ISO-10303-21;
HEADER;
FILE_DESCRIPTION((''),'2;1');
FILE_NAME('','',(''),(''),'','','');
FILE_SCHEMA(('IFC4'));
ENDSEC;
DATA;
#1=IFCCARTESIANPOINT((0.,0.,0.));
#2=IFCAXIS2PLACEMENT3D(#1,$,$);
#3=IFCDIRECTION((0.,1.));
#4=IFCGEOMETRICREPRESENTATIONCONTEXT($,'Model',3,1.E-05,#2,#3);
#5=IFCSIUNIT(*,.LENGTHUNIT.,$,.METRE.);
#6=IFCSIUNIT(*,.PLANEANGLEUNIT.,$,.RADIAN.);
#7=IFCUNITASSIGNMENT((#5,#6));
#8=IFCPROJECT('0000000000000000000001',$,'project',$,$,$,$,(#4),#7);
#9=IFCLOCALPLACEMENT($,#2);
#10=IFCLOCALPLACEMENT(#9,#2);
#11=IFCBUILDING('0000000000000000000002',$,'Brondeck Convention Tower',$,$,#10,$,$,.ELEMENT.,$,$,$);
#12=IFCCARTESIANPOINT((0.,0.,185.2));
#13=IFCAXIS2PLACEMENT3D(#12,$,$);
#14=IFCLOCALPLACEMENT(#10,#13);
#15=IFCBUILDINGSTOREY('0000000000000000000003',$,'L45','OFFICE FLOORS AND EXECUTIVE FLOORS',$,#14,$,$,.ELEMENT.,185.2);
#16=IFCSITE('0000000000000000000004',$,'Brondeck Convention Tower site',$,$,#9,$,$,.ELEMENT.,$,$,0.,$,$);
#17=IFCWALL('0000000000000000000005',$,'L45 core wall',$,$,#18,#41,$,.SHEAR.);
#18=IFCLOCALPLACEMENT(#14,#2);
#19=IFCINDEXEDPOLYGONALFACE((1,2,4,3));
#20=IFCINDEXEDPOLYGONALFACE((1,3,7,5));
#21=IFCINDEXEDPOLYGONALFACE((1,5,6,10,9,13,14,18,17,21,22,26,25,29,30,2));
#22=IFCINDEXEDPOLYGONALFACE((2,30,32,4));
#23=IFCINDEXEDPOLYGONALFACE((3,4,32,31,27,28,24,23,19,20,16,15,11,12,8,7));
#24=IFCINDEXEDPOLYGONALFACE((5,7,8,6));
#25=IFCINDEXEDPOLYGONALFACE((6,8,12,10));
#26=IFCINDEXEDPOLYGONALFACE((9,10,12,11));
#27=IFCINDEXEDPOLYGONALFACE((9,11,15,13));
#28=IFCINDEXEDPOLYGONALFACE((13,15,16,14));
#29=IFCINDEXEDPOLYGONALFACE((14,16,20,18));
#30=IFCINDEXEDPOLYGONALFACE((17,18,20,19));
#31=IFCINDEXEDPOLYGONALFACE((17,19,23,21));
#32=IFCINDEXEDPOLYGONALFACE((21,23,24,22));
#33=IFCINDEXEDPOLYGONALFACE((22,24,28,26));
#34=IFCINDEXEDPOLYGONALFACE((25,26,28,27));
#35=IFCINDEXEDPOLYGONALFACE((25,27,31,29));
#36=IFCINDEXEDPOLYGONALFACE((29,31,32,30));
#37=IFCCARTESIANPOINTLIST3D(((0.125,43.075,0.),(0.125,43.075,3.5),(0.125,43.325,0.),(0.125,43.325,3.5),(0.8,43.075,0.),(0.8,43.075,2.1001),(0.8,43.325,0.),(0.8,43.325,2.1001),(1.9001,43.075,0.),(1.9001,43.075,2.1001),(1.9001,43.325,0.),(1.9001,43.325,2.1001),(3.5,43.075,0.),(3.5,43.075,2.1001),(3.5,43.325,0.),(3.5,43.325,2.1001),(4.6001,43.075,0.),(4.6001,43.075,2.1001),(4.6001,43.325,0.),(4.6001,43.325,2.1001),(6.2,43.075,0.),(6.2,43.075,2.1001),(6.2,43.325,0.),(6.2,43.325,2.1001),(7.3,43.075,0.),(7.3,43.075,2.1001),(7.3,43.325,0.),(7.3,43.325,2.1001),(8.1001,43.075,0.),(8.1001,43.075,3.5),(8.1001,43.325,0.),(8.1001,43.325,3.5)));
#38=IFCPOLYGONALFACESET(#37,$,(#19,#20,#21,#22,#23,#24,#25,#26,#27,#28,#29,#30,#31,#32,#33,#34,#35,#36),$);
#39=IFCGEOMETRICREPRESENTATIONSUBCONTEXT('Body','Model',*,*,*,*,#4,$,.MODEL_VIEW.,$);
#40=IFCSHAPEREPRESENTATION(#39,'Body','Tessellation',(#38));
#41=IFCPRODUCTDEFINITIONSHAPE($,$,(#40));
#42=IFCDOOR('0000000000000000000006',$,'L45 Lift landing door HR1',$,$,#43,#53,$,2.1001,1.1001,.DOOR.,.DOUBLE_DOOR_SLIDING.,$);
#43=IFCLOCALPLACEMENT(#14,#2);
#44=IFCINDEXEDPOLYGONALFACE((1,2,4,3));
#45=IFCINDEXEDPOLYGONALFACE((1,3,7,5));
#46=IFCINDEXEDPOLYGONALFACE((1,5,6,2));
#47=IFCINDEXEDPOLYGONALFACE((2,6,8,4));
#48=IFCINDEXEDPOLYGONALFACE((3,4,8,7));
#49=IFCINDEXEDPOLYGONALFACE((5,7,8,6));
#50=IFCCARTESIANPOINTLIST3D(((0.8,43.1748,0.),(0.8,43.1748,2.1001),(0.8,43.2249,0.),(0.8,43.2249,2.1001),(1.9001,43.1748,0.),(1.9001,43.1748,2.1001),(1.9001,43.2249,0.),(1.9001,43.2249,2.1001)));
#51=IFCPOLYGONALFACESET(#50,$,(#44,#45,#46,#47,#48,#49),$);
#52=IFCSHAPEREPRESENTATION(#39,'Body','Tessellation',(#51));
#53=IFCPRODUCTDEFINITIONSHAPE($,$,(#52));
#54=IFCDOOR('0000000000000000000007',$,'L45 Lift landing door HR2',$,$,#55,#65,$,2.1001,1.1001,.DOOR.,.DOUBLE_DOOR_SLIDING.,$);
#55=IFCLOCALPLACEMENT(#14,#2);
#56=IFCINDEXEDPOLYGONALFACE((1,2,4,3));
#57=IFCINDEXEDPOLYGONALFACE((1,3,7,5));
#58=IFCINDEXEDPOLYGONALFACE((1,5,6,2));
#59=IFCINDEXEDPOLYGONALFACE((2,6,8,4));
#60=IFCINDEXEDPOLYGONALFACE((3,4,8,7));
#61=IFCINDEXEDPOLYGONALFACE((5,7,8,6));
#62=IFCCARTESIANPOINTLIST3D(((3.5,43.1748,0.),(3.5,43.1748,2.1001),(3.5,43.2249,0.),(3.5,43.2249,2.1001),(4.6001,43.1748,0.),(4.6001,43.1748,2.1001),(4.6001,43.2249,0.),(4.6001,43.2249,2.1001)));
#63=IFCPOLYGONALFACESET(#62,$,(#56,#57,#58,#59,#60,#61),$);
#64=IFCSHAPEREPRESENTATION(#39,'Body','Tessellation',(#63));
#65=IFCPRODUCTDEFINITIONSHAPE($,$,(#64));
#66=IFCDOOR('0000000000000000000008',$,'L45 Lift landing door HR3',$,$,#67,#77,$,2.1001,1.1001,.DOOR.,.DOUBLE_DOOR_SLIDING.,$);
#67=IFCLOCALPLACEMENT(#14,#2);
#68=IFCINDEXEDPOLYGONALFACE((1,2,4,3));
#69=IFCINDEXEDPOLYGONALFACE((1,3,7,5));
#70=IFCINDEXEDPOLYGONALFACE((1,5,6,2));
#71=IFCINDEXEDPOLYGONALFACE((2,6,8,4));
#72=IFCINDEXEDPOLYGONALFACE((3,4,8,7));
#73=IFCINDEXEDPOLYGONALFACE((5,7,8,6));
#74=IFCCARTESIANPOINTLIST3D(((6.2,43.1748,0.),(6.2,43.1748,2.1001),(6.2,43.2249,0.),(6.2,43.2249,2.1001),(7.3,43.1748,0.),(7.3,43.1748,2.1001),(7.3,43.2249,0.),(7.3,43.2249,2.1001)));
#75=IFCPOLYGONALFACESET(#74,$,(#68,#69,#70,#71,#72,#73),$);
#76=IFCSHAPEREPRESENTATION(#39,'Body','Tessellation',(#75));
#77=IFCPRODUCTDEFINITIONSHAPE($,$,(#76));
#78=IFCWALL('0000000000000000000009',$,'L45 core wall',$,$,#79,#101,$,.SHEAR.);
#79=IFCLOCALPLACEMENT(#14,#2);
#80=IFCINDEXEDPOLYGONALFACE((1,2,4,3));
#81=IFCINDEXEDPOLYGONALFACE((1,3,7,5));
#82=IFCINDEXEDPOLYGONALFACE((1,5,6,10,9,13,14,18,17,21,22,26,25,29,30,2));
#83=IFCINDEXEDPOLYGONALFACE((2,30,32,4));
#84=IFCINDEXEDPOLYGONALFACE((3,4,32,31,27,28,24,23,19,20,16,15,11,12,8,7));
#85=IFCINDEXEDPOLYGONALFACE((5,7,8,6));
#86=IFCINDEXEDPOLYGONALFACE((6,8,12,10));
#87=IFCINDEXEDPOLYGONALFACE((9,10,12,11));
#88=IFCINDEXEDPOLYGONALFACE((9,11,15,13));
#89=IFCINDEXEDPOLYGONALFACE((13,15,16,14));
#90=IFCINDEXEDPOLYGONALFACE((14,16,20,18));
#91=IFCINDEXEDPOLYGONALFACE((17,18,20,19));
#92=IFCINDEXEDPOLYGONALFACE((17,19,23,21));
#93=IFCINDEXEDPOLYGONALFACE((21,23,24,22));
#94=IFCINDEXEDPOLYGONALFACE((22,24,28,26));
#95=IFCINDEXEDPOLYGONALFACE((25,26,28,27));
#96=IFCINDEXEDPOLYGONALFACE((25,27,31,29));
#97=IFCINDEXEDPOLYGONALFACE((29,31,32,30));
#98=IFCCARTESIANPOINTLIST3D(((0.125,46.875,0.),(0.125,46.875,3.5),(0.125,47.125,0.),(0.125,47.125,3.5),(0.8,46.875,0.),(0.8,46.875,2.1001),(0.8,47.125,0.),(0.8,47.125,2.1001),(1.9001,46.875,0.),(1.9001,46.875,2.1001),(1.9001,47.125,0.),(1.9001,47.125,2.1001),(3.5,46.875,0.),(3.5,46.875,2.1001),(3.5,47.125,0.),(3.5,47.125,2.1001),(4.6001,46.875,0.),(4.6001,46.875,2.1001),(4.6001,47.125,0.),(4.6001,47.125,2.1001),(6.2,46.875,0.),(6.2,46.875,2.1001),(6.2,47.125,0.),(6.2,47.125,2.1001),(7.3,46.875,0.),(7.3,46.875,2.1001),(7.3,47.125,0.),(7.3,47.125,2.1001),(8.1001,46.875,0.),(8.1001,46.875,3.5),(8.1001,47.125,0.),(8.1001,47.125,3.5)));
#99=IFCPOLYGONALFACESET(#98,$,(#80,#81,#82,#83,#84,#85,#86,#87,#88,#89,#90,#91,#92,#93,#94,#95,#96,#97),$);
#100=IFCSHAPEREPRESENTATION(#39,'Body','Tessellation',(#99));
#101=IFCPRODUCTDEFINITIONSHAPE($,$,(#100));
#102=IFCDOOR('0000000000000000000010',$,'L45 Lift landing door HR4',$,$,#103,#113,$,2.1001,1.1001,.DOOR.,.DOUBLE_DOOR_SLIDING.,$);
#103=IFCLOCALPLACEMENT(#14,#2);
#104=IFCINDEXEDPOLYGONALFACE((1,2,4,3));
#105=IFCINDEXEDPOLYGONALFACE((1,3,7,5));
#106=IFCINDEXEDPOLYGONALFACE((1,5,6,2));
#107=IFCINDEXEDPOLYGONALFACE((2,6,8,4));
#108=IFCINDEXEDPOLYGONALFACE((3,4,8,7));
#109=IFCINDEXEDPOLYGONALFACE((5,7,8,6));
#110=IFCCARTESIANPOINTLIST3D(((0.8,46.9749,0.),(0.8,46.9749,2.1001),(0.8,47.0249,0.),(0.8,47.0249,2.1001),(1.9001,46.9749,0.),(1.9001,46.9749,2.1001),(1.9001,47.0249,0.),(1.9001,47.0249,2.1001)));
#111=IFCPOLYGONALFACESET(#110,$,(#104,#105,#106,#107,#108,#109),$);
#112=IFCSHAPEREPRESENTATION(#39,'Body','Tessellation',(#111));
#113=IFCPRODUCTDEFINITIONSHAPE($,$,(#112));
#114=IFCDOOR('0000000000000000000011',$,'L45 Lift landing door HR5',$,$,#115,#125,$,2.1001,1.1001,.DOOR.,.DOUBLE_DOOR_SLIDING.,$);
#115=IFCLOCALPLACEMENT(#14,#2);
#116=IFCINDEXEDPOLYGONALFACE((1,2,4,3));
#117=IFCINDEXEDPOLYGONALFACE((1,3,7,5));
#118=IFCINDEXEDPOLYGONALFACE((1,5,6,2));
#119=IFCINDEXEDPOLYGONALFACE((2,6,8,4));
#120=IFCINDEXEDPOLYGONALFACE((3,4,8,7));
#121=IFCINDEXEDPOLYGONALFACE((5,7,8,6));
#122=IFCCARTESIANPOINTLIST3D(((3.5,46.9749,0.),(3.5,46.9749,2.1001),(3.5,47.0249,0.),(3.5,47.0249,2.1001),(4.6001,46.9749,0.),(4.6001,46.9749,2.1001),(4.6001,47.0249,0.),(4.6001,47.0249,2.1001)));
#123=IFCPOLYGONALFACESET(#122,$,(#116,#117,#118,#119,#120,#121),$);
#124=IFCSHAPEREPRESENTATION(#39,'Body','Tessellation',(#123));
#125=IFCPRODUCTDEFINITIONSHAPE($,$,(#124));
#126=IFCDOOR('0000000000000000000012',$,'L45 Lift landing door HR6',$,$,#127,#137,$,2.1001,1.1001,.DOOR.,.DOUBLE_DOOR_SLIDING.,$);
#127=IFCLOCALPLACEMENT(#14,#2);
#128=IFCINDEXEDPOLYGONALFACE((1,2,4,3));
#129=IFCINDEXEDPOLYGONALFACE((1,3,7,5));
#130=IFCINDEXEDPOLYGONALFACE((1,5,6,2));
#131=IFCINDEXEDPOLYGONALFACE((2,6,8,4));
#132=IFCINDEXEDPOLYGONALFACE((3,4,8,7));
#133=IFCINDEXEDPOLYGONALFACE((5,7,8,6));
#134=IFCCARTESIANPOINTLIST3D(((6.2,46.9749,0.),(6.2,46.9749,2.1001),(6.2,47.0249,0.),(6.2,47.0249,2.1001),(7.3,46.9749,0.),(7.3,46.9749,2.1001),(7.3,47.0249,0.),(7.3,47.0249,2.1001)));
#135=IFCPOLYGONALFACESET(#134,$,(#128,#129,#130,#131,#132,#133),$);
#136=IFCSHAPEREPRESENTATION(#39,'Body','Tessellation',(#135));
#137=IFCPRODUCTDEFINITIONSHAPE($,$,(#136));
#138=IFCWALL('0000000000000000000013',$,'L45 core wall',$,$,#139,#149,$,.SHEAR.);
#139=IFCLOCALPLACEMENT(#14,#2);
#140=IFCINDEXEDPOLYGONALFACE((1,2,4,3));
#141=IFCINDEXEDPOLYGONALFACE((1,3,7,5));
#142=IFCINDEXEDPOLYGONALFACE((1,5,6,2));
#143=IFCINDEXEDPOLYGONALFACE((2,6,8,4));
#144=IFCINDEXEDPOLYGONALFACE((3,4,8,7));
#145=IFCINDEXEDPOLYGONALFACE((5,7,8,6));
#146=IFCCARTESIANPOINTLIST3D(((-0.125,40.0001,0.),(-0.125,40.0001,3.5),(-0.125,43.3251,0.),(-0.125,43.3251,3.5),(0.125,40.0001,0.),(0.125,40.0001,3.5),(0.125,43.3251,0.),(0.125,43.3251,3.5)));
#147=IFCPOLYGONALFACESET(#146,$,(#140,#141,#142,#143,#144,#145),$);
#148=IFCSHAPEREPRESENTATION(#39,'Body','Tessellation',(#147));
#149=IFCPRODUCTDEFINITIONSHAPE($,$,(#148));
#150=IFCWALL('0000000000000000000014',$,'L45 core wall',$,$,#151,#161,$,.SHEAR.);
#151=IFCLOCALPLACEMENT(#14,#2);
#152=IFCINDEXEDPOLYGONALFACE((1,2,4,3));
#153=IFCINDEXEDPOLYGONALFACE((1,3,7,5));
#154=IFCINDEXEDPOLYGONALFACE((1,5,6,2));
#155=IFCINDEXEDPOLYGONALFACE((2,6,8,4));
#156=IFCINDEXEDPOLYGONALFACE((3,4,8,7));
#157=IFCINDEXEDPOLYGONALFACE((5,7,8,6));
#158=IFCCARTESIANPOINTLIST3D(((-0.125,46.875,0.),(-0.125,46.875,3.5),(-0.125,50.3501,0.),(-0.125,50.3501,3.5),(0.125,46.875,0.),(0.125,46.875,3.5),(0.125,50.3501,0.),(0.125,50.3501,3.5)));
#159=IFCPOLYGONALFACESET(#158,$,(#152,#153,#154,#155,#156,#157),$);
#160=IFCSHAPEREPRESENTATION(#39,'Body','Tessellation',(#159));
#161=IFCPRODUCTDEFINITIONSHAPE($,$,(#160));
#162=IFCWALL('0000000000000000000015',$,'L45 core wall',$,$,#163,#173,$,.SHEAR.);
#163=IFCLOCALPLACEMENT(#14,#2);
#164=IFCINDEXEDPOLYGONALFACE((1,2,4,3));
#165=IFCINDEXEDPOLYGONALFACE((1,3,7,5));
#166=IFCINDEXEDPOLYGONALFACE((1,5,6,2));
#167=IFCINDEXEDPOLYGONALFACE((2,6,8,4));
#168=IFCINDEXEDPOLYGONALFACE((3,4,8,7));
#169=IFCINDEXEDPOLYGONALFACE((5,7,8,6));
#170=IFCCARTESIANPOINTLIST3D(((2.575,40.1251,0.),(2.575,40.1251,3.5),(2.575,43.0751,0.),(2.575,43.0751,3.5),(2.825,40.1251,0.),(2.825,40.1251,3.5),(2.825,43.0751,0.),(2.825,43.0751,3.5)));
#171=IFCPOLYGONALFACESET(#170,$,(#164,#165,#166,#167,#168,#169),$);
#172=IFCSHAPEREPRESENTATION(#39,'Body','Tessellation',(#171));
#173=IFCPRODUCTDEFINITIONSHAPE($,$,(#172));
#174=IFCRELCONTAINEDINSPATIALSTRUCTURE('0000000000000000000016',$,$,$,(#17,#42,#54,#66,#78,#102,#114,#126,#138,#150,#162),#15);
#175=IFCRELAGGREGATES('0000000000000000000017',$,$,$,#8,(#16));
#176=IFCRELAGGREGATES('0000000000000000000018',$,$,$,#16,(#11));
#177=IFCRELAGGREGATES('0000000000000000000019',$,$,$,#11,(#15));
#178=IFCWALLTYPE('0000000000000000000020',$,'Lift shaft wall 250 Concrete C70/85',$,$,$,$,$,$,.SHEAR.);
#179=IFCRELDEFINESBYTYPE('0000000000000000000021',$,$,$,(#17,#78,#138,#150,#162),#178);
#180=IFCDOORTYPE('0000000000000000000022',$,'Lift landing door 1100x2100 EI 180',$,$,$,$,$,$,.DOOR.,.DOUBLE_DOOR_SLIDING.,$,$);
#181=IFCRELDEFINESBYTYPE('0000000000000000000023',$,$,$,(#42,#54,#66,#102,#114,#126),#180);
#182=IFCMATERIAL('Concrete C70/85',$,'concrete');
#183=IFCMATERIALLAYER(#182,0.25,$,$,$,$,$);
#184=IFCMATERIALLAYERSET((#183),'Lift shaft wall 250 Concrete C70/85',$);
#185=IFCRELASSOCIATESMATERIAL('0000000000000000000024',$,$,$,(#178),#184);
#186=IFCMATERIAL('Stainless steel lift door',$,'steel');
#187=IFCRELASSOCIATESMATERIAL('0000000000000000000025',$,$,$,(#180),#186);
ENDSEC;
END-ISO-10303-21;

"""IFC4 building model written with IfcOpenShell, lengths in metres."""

from ifc_helpers import new_model, si_unit, direction, frame, frame_2d, origin, place, context, subcontext, project, spatial, rectangle, extrude, material, layer, layer_set, type_object, element, fill, save


model = new_model("IFC4")

# Units and contexts
model_context = context("Model", 3, precision=1e-05, world=origin(), true_north=direction((0.0, 1.0)))
body_context = subcontext(model_context, "Body", "Model", "MODEL_VIEW")
ifc_project = project(units=[si_unit("LENGTHUNIT", "METRE"), si_unit("PLANEANGLEUNIT", "RADIAN")], contexts=[model_context])

# Site, building, storey
site_placement = place(None, origin())
site = spatial("IfcSite", under=ifc_project, at=site_placement, Name="Brondeck Convention Tower site", CompositionType="ELEMENT", RefElevation=0.0)
building_placement = place(site_placement, origin())
building = spatial("IfcBuilding", under=site, at=building_placement, Name="Brondeck Convention Tower", CompositionType="ELEMENT")
storey_placement = place(building_placement, frame((0.0, 0.0, 185.2)))
storey = spatial("IfcBuildingStorey", under=building, at=storey_placement, Name="L45", Description="OFFICE FLOORS AND EXECUTIVE FLOORS", CompositionType="ELEMENT", Elevation=185.2)

# Shared definitions
ifc_material_1 = material(Name="Concrete C70/85", Category="concrete")

# Shared definitions
ifc_layer_1 = layer(ifc_material_1, 0.25)
ifc_layer_set_1 = layer_set([ifc_layer_1], Name="Lift shaft wall 250 Concrete C70/85")
wall_type_1 = type_object("IfcWallType", Name="Lift shaft wall 250 Concrete C70/85", PredefinedType="SHEAR", material=ifc_layer_set_1)

# Walls, openings, doors
wall_1_placement = place(storey_placement, frame((0.125, 43.2, 0.0), z_axis=(0.0, 0.0, 1.0), x_axis=(1.0, 0.0, 0.0)))
wall_1 = element("IfcWall", 1, at=wall_1_placement, inside=storey, type_object=wall_type_1, Name="L45 core wall", PredefinedType="SHEAR", context=body_context, shape_type="SweptSolid", body=[
    extrude(rectangle(XDim=7.9751, YDim=0.25, at=frame_2d((3.9875, 0.0))), origin(), (0.0, 0.0, 1.0), 3.5),
])
opening_1_placement = place(wall_1_placement, frame((0.675, 0.0, 0.0)))
opening_1 = element("IfcOpeningElement", 2, at=opening_1_placement, cuts=wall_1, PredefinedType="OPENING", context=body_context, shape_type="SweptSolid", body=[
    extrude(rectangle(XDim=1.1001, YDim=2.1001, at=frame_2d((0.55, 1.05))), frame((0.0, 0.135, 0.0), z_axis=(0.0, -1.0, 0.0), x_axis=(1.0, 0.0, 0.0)), (0.0, 0.0, 1.0), 0.27),
])
opening_2_placement = place(wall_1_placement, frame((3.375, 0.0, 0.0)))
opening_2 = element("IfcOpeningElement", 3, at=opening_2_placement, cuts=wall_1, PredefinedType="OPENING", context=body_context, shape_type="SweptSolid", body=[
    extrude(rectangle(XDim=1.1001, YDim=2.1001, at=frame_2d((0.55, 1.05))), frame((0.0, 0.135, 0.0), z_axis=(0.0, -1.0, 0.0), x_axis=(1.0, 0.0, 0.0)), (0.0, 0.0, 1.0), 0.27),
])
opening_3_placement = place(wall_1_placement, frame((6.075, 0.0, 0.0)))
opening_3 = element("IfcOpeningElement", 4, at=opening_3_placement, cuts=wall_1, PredefinedType="OPENING", context=body_context, shape_type="SweptSolid", body=[
    extrude(rectangle(XDim=1.1001, YDim=2.1001, at=frame_2d((0.55, 1.05))), frame((0.0, 0.135, 0.0), z_axis=(0.0, -1.0, 0.0), x_axis=(1.0, 0.0, 0.0)), (0.0, 0.0, 1.0), 0.27),
])
ifc_material_2 = material(Name="Stainless steel lift door", Category="steel")
door_type_1 = type_object("IfcDoorType", Name="Lift landing door 1100x2100 EI 180", OperationType="DOUBLE_DOOR_SLIDING", PredefinedType="DOOR", material=ifc_material_2)
door_1_placement = place(opening_1_placement, origin())
door_1 = element("IfcDoor", 5, at=door_1_placement, inside=storey, type_object=door_type_1, Name="L45 Lift landing door HR1", OperationType="DOUBLE_DOOR_SLIDING", OverallHeight=2.1001, OverallWidth=1.1001, PredefinedType="DOOR", context=body_context, shape_type="SweptSolid", body=[
    extrude(rectangle(XDim=1.1001, YDim=2.1001, at=frame_2d((0.55, 1.05))), frame((0.0, 0.0249, 0.0), z_axis=(0.0, -1.0, 0.0), x_axis=(1.0, 0.0, 0.0)), (0.0, 0.0, 1.0), 0.05),
])
fill(opening_1, door_1)
door_2_placement = place(opening_2_placement, origin())
door_2 = element("IfcDoor", 6, at=door_2_placement, inside=storey, type_object=door_type_1, Name="L45 Lift landing door HR2", OperationType="DOUBLE_DOOR_SLIDING", OverallHeight=2.1001, OverallWidth=1.1001, PredefinedType="DOOR", context=body_context, shape_type="SweptSolid", body=[
    extrude(rectangle(XDim=1.1001, YDim=2.1001, at=frame_2d((0.55, 1.05))), frame((0.0, 0.0249, 0.0), z_axis=(0.0, -1.0, 0.0), x_axis=(1.0, 0.0, 0.0)), (0.0, 0.0, 1.0), 0.05),
])
fill(opening_2, door_2)
door_3_placement = place(opening_3_placement, origin())
door_3 = element("IfcDoor", 7, at=door_3_placement, inside=storey, type_object=door_type_1, Name="L45 Lift landing door HR3", OperationType="DOUBLE_DOOR_SLIDING", OverallHeight=2.1001, OverallWidth=1.1001, PredefinedType="DOOR", context=body_context, shape_type="SweptSolid", body=[
    extrude(rectangle(XDim=1.1001, YDim=2.1001, at=frame_2d((0.55, 1.05))), frame((0.0, 0.0249, 0.0), z_axis=(0.0, -1.0, 0.0), x_axis=(1.0, 0.0, 0.0)), (0.0, 0.0, 1.0), 0.05),
])
fill(opening_3, door_3)
wall_2_placement = place(storey_placement, frame((0.125, 47.0, 0.0), z_axis=(0.0, 0.0, 1.0), x_axis=(1.0, 0.0, 0.0)))
wall_2 = element("IfcWall", 8, at=wall_2_placement, inside=storey, type_object=wall_type_1, Name="L45 core wall", PredefinedType="SHEAR", context=body_context, shape_type="SweptSolid", body=[
    extrude(rectangle(XDim=7.9751, YDim=0.25, at=frame_2d((3.9875, 0.0))), origin(), (0.0, 0.0, 1.0), 3.5),
])
opening_4_placement = place(wall_2_placement, frame((0.675, 0.0, 0.0)))
opening_4 = element("IfcOpeningElement", 9, at=opening_4_placement, cuts=wall_2, PredefinedType="OPENING", context=body_context, shape_type="SweptSolid", body=[
    extrude(rectangle(XDim=1.1001, YDim=2.1001, at=frame_2d((0.55, 1.05))), frame((0.0, 0.135, 0.0), z_axis=(0.0, -1.0, 0.0), x_axis=(1.0, 0.0, 0.0)), (0.0, 0.0, 1.0), 0.27),
])
opening_5_placement = place(wall_2_placement, frame((3.375, 0.0, 0.0)))
opening_5 = element("IfcOpeningElement", 10, at=opening_5_placement, cuts=wall_2, PredefinedType="OPENING", context=body_context, shape_type="SweptSolid", body=[
    extrude(rectangle(XDim=1.1001, YDim=2.1001, at=frame_2d((0.55, 1.05))), frame((0.0, 0.135, 0.0), z_axis=(0.0, -1.0, 0.0), x_axis=(1.0, 0.0, 0.0)), (0.0, 0.0, 1.0), 0.27),
])
opening_6_placement = place(wall_2_placement, frame((6.075, 0.0, 0.0)))
opening_6 = element("IfcOpeningElement", 11, at=opening_6_placement, cuts=wall_2, PredefinedType="OPENING", context=body_context, shape_type="SweptSolid", body=[
    extrude(rectangle(XDim=1.1001, YDim=2.1001, at=frame_2d((0.55, 1.05))), frame((0.0, 0.135, 0.0), z_axis=(0.0, -1.0, 0.0), x_axis=(1.0, 0.0, 0.0)), (0.0, 0.0, 1.0), 0.27),
])
door_4_placement = place(opening_4_placement, origin())
door_4 = element("IfcDoor", 12, at=door_4_placement, inside=storey, type_object=door_type_1, Name="L45 Lift landing door HR4", OperationType="DOUBLE_DOOR_SLIDING", OverallHeight=2.1001, OverallWidth=1.1001, PredefinedType="DOOR", context=body_context, shape_type="SweptSolid", body=[
    extrude(rectangle(XDim=1.1001, YDim=2.1001, at=frame_2d((0.55, 1.05))), frame((0.0, 0.0249, 0.0), z_axis=(0.0, -1.0, 0.0), x_axis=(1.0, 0.0, 0.0)), (0.0, 0.0, 1.0), 0.05),
])
fill(opening_4, door_4)
door_5_placement = place(opening_5_placement, origin())
door_5 = element("IfcDoor", 13, at=door_5_placement, inside=storey, type_object=door_type_1, Name="L45 Lift landing door HR5", OperationType="DOUBLE_DOOR_SLIDING", OverallHeight=2.1001, OverallWidth=1.1001, PredefinedType="DOOR", context=body_context, shape_type="SweptSolid", body=[
    extrude(rectangle(XDim=1.1001, YDim=2.1001, at=frame_2d((0.55, 1.05))), frame((0.0, 0.0249, 0.0), z_axis=(0.0, -1.0, 0.0), x_axis=(1.0, 0.0, 0.0)), (0.0, 0.0, 1.0), 0.05),
])
fill(opening_5, door_5)
door_6_placement = place(opening_6_placement, origin())
door_6 = element("IfcDoor", 14, at=door_6_placement, inside=storey, type_object=door_type_1, Name="L45 Lift landing door HR6", OperationType="DOUBLE_DOOR_SLIDING", OverallHeight=2.1001, OverallWidth=1.1001, PredefinedType="DOOR", context=body_context, shape_type="SweptSolid", body=[
    extrude(rectangle(XDim=1.1001, YDim=2.1001, at=frame_2d((0.55, 1.05))), frame((0.0, 0.0249, 0.0), z_axis=(0.0, -1.0, 0.0), x_axis=(1.0, 0.0, 0.0)), (0.0, 0.0, 1.0), 0.05),
])
fill(opening_6, door_6)

# Walls
wall_3_placement = place(storey_placement, frame((0.0, 40.0, 0.0), z_axis=(0.0, 0.0, 1.0), x_axis=(0.0, 1.0, 0.0)))
element("IfcWall", 15, at=wall_3_placement, inside=storey, type_object=wall_type_1, Name="L45 core wall", PredefinedType="SHEAR", context=body_context, shape_type="SweptSolid", body=[
    extrude(rectangle(XDim=3.325, YDim=0.25, at=frame_2d((1.6626, 0.0))), origin(), (0.0, 0.0, 1.0), 3.5),
])
wall_4_placement = place(storey_placement, frame((0.0, 46.875, 0.0), z_axis=(0.0, 0.0, 1.0), x_axis=(0.0, 1.0, 0.0)))
element("IfcWall", 16, at=wall_4_placement, inside=storey, type_object=wall_type_1, Name="L45 core wall", PredefinedType="SHEAR", context=body_context, shape_type="SweptSolid", body=[
    extrude(rectangle(XDim=3.4751, YDim=0.25, at=frame_2d((1.7375, 0.0))), origin(), (0.0, 0.0, 1.0), 3.5),
])
for number, where, z_axis, x_axis, name in (
    (17, (2.7, 40.125, 0.0), (0.0, 0.0, 1.0), (0.0, 1.0, 0.0), "L45 core wall"),
):
    element("IfcWall", number, at=place(storey_placement, frame(where, z_axis=z_axis, x_axis=x_axis)), inside=storey, type_object=wall_type_1, Name=name, PredefinedType="SHEAR", context=body_context, shape_type="SweptSolid", body=[
        extrude(rectangle(XDim=2.95, YDim=0.25, at=frame_2d((1.4751, 0.0))), origin(), (0.0, 0.0, 1.0), 3.5),
    ])

save(model, "model.ifc")
